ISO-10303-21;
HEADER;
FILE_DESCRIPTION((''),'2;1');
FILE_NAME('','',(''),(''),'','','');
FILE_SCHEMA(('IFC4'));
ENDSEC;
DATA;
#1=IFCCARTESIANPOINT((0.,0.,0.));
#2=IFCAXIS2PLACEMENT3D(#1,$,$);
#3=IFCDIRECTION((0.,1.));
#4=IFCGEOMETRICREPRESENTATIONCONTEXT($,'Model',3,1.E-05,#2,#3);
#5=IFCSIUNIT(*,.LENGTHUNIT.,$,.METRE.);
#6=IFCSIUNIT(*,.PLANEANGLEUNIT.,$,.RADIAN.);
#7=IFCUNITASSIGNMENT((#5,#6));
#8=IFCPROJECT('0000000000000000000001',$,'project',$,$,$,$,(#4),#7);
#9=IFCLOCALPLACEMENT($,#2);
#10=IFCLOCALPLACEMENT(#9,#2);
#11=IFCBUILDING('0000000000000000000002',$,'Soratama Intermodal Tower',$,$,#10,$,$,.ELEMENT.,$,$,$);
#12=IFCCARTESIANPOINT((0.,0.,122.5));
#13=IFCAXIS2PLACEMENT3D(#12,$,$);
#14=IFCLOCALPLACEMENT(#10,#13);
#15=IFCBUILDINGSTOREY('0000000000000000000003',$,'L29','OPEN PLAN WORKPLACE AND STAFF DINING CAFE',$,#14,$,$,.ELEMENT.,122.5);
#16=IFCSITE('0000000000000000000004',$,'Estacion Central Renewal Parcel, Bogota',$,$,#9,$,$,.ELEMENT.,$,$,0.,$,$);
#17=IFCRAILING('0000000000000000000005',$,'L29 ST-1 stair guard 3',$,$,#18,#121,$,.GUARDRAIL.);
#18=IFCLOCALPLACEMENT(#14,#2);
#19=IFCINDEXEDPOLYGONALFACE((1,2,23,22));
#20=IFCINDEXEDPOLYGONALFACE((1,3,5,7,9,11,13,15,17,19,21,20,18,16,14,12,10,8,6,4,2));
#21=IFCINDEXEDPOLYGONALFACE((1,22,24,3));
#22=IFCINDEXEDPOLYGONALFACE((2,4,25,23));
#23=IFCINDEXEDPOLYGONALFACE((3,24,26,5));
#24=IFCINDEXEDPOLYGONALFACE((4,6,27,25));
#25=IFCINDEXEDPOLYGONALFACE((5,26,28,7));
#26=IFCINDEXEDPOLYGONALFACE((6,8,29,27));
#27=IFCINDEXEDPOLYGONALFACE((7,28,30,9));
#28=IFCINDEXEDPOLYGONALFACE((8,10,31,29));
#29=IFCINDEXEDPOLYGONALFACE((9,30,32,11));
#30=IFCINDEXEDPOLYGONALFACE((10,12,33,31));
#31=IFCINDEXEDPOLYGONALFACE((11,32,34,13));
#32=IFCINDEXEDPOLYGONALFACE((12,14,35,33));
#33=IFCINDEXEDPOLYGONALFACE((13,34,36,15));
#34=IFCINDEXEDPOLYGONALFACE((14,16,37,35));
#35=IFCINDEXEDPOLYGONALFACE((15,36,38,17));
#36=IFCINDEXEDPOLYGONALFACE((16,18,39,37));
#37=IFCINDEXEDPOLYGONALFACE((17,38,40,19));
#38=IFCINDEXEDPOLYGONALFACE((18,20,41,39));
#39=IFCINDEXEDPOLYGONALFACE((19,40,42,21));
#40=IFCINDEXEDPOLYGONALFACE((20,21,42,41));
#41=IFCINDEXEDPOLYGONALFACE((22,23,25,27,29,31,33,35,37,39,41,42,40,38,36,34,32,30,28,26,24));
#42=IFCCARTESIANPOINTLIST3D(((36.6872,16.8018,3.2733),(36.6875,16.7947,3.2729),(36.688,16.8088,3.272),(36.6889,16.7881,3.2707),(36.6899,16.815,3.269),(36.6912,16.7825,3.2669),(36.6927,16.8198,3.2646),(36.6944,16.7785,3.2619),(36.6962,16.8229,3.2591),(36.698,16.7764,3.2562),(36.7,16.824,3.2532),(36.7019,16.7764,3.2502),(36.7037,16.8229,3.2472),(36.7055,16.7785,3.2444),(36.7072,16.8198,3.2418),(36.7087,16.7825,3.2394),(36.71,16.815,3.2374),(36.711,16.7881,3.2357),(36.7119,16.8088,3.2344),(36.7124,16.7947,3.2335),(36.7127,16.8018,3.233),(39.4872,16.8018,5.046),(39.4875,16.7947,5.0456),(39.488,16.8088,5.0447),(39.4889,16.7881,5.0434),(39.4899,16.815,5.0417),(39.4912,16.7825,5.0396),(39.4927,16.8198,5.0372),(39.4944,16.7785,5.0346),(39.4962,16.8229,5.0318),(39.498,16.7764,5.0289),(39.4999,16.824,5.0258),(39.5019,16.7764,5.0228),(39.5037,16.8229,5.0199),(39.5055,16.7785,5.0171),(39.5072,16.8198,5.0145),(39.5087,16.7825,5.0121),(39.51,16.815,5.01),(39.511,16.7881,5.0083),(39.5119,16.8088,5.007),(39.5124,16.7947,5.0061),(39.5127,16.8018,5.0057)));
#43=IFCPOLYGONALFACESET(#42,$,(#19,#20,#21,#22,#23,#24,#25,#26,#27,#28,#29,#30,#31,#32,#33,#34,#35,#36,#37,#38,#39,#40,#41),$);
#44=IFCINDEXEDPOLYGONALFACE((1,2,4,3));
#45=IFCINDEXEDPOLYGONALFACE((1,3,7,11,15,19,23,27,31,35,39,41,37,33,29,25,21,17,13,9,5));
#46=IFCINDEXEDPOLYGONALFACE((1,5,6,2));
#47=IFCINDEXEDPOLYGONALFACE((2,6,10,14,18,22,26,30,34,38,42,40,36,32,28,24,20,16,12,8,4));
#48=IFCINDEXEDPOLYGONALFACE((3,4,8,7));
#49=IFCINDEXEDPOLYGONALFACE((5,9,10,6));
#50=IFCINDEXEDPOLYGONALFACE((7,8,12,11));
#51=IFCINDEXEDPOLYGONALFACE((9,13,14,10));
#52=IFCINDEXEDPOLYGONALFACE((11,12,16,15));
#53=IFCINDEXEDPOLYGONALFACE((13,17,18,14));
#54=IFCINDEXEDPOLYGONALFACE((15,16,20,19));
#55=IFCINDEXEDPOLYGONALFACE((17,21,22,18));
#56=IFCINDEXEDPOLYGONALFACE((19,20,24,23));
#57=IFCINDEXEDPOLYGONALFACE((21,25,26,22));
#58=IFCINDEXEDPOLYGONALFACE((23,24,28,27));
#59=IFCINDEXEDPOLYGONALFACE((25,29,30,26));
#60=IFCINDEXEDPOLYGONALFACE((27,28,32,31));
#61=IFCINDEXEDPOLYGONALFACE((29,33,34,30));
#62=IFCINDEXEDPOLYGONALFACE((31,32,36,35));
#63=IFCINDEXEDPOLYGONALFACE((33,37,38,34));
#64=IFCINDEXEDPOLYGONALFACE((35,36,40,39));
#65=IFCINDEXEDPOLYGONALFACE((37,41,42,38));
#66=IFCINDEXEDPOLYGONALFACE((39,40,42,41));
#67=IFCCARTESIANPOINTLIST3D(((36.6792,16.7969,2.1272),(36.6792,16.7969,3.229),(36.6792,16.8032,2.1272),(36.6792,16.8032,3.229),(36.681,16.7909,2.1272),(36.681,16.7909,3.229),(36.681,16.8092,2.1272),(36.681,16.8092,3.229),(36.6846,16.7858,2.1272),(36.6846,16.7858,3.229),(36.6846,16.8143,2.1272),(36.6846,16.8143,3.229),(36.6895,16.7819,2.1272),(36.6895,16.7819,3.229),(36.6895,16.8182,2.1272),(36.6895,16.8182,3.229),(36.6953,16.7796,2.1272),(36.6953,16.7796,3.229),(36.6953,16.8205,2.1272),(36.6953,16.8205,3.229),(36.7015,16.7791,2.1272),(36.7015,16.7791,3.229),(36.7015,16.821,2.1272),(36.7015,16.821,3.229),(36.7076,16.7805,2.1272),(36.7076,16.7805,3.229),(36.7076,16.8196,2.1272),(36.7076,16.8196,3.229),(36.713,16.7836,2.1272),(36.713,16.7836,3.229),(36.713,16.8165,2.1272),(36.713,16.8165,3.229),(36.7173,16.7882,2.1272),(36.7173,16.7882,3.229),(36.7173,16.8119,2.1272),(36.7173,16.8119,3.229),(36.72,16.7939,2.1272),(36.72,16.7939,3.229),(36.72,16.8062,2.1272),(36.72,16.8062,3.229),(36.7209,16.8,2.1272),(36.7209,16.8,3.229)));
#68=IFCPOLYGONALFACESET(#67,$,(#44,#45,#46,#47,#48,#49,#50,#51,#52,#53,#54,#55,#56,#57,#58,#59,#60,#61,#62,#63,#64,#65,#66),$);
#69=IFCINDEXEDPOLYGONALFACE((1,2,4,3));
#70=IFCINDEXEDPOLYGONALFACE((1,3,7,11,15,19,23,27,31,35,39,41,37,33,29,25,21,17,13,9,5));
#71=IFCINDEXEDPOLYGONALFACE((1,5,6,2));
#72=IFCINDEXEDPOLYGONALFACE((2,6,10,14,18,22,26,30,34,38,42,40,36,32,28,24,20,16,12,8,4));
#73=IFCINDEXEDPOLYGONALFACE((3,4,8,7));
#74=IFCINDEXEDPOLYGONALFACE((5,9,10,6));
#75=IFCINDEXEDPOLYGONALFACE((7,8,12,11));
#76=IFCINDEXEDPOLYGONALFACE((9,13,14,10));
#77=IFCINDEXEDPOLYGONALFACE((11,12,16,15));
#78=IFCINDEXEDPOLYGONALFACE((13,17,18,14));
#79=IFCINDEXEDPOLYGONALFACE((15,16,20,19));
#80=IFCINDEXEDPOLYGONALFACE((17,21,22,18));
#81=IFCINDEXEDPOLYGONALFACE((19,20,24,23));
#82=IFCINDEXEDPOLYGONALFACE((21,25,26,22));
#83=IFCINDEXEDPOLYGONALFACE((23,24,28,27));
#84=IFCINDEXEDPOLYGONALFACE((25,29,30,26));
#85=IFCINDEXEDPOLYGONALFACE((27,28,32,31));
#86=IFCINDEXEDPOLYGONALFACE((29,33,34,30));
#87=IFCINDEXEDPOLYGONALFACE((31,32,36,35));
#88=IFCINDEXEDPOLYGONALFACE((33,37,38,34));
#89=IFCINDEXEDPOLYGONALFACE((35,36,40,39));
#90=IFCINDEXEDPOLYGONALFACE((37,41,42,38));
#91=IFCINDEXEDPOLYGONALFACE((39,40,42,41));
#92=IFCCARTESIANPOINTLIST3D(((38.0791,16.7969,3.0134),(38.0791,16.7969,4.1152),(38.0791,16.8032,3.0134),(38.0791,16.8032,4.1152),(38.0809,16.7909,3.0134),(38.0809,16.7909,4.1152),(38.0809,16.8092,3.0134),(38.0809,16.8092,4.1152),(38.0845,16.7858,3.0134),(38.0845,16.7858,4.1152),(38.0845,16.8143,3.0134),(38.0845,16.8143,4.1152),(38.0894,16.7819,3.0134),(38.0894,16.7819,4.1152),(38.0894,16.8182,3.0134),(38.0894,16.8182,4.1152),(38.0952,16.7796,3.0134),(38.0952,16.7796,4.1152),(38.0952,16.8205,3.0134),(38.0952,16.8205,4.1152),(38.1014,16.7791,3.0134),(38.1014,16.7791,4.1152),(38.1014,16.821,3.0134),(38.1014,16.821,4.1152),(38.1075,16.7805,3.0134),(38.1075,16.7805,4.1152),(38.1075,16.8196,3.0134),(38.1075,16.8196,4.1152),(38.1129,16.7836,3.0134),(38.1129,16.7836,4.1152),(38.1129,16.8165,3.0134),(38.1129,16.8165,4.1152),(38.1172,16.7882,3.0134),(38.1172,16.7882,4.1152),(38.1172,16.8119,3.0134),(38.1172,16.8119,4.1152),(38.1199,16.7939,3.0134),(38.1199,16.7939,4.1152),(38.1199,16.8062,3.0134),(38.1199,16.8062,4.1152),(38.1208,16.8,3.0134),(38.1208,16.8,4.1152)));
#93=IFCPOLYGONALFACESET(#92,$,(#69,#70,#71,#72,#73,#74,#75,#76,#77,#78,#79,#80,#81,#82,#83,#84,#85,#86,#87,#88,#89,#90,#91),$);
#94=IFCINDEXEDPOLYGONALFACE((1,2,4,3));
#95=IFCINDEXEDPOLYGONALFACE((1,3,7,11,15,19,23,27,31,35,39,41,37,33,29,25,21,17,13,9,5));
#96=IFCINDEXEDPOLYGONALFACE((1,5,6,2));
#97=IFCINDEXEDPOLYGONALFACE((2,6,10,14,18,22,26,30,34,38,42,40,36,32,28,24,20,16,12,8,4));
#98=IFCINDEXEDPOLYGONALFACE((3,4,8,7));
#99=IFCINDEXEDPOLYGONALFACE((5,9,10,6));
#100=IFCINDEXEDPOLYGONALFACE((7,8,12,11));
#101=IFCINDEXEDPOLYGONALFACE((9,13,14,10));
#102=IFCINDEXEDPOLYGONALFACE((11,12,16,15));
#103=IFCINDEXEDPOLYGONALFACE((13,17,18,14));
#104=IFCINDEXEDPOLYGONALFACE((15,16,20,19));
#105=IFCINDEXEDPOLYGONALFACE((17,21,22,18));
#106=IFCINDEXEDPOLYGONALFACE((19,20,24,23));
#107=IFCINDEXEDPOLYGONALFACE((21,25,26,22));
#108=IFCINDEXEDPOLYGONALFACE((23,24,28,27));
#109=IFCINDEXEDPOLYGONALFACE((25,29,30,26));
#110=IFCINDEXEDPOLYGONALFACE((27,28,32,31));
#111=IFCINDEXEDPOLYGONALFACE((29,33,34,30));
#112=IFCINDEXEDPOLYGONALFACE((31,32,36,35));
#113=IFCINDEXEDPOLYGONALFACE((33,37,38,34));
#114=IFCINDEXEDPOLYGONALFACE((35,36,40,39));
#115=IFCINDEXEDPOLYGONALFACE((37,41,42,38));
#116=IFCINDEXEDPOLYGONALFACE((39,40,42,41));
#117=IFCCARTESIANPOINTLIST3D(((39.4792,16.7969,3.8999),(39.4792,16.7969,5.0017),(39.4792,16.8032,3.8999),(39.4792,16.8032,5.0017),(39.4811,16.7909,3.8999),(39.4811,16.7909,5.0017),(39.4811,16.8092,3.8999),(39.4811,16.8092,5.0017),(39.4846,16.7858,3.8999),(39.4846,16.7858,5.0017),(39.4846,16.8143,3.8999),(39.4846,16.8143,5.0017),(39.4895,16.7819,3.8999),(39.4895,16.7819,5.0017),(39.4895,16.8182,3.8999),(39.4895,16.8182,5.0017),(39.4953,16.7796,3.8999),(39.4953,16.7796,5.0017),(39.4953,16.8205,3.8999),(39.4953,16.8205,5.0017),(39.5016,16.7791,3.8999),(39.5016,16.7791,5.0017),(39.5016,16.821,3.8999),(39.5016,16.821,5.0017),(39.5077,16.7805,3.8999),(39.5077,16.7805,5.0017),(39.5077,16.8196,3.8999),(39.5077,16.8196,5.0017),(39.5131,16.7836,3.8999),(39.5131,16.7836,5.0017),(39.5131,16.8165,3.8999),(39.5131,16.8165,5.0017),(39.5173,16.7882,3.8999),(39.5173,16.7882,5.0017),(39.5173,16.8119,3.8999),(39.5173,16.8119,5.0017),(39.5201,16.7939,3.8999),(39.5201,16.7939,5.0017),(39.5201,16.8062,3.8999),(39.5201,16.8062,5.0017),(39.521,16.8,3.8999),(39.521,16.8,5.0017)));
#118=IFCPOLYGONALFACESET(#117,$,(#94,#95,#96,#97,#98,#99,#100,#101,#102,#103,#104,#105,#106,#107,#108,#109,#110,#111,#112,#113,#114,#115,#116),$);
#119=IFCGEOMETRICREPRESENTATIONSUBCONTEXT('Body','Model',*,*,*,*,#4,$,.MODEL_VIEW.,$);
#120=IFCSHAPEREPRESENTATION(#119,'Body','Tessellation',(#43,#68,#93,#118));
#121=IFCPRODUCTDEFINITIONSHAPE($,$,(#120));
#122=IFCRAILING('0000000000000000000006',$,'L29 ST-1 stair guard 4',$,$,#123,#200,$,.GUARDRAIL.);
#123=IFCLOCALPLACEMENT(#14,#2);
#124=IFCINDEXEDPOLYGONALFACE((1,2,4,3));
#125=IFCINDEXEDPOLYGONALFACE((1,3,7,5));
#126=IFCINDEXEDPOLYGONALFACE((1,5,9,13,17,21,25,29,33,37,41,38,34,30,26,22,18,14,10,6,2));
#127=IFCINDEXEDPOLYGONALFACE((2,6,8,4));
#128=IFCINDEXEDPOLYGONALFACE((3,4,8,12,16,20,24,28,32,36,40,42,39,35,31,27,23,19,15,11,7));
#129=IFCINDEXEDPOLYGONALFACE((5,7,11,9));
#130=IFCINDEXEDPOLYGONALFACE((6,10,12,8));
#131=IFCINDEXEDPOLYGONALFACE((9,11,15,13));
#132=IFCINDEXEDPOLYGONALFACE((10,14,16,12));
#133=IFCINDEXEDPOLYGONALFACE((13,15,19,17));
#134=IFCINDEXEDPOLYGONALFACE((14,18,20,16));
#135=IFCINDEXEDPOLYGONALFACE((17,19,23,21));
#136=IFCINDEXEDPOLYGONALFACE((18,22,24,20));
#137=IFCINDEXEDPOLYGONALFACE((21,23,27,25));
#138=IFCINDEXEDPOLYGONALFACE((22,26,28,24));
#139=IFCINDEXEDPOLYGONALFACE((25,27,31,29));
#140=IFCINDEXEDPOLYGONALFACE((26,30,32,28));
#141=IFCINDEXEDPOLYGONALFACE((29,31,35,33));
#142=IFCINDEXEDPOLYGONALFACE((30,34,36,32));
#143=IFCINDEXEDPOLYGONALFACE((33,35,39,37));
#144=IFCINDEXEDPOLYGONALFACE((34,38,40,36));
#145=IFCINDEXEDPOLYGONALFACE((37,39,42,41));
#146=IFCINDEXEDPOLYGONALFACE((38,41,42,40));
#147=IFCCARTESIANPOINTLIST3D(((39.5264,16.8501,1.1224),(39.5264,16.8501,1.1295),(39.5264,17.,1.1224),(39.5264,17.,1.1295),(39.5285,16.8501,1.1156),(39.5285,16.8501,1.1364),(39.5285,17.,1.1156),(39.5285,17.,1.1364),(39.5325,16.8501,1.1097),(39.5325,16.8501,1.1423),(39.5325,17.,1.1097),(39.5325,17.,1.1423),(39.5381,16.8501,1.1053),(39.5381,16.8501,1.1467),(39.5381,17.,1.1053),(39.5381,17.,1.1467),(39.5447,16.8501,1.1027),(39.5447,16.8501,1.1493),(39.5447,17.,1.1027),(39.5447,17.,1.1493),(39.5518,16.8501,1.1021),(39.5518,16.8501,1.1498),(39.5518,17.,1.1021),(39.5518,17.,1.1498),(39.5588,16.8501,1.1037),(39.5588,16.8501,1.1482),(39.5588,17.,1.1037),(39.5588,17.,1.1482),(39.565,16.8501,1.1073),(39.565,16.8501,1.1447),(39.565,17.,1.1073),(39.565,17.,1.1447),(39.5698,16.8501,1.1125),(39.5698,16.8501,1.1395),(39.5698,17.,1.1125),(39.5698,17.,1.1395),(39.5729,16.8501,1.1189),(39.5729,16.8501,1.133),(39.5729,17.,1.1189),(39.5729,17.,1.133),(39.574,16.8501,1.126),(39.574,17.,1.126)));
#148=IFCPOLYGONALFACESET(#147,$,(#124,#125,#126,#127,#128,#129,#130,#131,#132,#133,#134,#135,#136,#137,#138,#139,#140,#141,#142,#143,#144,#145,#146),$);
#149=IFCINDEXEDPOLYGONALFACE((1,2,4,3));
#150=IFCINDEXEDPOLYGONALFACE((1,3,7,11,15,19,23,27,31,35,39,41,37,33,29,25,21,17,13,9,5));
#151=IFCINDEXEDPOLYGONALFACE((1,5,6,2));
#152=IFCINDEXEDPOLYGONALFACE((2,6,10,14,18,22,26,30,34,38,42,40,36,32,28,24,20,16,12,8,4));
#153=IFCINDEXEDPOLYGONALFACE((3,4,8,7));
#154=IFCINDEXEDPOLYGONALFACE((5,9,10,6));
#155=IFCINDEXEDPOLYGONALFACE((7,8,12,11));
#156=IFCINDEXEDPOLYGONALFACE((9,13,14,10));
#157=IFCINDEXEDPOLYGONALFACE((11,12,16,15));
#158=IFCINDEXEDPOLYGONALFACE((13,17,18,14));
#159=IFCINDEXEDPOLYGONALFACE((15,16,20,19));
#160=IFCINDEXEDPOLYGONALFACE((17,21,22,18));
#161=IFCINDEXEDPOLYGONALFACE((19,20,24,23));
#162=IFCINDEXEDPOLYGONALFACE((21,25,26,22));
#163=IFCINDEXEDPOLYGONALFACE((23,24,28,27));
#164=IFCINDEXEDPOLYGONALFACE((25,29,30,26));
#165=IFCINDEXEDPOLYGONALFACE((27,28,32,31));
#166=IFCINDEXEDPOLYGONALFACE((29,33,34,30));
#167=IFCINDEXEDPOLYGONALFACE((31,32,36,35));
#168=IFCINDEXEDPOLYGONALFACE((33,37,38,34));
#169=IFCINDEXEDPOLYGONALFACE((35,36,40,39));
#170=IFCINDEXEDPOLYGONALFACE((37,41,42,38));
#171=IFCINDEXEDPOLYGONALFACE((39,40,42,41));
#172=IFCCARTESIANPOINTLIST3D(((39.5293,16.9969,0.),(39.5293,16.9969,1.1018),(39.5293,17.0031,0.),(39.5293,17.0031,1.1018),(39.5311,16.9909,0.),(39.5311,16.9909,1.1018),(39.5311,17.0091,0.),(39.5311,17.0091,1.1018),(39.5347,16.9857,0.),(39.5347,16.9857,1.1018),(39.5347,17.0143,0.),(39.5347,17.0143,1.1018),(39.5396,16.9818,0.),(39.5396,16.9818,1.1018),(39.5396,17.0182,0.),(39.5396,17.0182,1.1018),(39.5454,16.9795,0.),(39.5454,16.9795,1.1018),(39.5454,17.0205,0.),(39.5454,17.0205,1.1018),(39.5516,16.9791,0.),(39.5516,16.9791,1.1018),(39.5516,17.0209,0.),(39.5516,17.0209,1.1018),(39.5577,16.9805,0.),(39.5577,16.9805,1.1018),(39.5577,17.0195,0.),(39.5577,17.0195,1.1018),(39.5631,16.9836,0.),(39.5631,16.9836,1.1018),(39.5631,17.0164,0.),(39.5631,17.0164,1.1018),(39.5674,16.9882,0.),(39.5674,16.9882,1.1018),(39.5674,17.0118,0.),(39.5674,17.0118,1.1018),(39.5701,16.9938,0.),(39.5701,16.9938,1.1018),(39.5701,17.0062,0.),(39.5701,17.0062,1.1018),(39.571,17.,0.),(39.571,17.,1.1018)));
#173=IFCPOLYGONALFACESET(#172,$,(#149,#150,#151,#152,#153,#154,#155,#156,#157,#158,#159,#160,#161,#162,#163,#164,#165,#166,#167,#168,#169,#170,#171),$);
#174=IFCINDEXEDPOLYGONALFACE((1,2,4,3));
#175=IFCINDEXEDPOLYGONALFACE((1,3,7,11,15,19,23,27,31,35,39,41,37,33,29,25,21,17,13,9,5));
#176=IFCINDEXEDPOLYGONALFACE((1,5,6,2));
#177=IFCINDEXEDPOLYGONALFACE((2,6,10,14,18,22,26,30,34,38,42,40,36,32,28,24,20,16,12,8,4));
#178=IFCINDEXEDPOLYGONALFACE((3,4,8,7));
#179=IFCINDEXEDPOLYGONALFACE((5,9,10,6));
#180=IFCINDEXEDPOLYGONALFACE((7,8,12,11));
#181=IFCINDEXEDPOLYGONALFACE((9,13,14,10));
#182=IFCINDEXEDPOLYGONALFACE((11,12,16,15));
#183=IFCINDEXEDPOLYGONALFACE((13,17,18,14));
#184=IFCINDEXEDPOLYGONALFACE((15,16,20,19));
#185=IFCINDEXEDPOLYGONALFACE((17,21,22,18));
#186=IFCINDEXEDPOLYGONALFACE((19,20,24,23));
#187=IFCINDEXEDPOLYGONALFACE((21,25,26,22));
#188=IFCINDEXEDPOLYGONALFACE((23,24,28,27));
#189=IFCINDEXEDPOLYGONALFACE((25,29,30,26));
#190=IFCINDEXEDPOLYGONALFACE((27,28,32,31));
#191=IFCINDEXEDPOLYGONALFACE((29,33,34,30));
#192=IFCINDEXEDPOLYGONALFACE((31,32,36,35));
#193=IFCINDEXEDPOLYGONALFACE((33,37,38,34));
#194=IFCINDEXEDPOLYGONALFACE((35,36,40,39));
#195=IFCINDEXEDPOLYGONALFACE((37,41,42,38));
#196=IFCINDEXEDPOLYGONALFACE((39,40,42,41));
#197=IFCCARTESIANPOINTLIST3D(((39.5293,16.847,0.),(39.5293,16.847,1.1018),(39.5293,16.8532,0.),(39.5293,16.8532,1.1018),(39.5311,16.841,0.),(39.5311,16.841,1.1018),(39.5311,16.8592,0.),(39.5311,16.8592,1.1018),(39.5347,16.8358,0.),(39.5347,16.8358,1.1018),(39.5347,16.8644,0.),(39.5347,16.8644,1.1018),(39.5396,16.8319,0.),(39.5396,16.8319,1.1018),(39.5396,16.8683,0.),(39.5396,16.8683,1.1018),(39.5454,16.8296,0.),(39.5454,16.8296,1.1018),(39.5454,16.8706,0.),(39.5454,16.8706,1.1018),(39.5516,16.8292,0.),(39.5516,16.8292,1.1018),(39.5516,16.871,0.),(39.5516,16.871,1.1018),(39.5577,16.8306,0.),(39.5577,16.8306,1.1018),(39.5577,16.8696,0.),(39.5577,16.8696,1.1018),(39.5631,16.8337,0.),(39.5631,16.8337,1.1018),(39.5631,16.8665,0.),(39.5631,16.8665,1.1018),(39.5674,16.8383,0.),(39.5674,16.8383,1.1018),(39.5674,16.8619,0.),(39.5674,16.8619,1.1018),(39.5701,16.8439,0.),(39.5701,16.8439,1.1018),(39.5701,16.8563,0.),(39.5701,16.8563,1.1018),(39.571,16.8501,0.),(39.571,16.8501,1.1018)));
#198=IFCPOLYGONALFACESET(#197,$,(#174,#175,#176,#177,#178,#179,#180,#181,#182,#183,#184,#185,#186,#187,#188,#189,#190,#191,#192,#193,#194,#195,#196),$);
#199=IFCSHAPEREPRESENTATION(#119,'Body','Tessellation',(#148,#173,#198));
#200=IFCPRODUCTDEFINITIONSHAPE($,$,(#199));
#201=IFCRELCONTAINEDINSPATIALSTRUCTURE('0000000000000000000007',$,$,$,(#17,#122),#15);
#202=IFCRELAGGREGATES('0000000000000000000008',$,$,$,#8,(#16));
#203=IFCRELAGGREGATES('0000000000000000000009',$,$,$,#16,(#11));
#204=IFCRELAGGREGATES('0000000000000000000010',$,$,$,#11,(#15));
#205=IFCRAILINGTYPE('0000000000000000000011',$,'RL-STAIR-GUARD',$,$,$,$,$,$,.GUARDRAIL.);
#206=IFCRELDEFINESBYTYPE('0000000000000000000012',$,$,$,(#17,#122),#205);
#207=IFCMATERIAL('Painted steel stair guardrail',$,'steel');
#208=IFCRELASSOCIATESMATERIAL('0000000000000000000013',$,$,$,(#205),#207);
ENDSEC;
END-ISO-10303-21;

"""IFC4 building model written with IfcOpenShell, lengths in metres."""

from ifc_helpers import new_model, si_unit, direction, frame, origin, origin_2d, place, context, subcontext, project, spatial, circle, extrude, material, type_object, element, save


model = new_model("IFC4")

# Units and contexts
model_context = context("Model", 3, precision=1e-05, world=origin(), true_north=direction((0.0, 1.0)))
body_context = subcontext(model_context, "Body", "Model", "MODEL_VIEW")
ifc_project = project(units=[si_unit("LENGTHUNIT", "METRE"), si_unit("PLANEANGLEUNIT", "RADIAN")], contexts=[model_context])

# Site, building, storey
site_placement = place(None, origin())
site = spatial("IfcSite", under=ifc_project, at=site_placement, Name="Estacion Central Renewal Parcel, Bogota", CompositionType="ELEMENT", RefElevation=0.0)
building_placement = place(site_placement, origin())
building = spatial("IfcBuilding", under=site, at=building_placement, Name="Soratama Intermodal Tower", CompositionType="ELEMENT")
storey_placement = place(building_placement, frame((0.0, 0.0, 122.5)))
storey = spatial("IfcBuildingStorey", under=building, at=storey_placement, Name="L29", Description="OPEN PLAN WORKPLACE AND STAFF DINING CAFE", CompositionType="ELEMENT", Elevation=122.5)

# Railings
ifc_material_1 = material(Name="Painted steel stair guardrail", Category="steel")
railing_type_1 = type_object("IfcRailingType", Name="RL-STAIR-GUARD", PredefinedType="GUARDRAIL", material=ifc_material_1)
railing_1_placement = place(storey_placement, frame((36.7, 16.8, 2.1272)))
element("IfcRailing", 1, at=railing_1_placement, inside=storey, type_object=railing_type_1, Name="L29 ST-1 stair guard 3", PredefinedType="GUARDRAIL", context=body_context, shape_type="SweptSolid", body=[
    extrude(circle(Radius=0.0239, at=origin_2d()), frame((0.0, 0.0, 1.126), z_axis=(0.844909, 0.0, 0.53491), x_axis=(0.0, 1.0, 0.0)), (0.0, 0.0, 1.0), 3.314),
    extrude(circle(Radius=0.021, at=origin_2d()), origin(), (0.0, 0.0, 1.0), 1.1018),
    extrude(circle(Radius=0.021, at=origin_2d()), frame((1.3999, 0.0, 0.8862)), (0.0, 0.0, 1.0), 1.1018),
    extrude(circle(Radius=0.021, at=origin_2d()), frame((2.8, 0.0, 1.7727)), (0.0, 0.0, 1.0), 1.1018),
])
railing_2_placement = place(storey_placement, frame((39.55, 17.0, 0.0)))
element("IfcRailing", 2, at=railing_2_placement, inside=storey, type_object=railing_type_1, Name="L29 ST-1 stair guard 4", PredefinedType="GUARDRAIL", context=body_context, shape_type="SweptSolid", body=[
    extrude(circle(Radius=0.0239, at=origin_2d()), frame((0.0, 0.0, 1.126), z_axis=(0.0, -1.0, 0.0), x_axis=(1.0, 0.0, 0.0)), (0.0, 0.0, 1.0), 0.1499),
    extrude(circle(Radius=0.021, at=origin_2d()), origin(), (0.0, 0.0, 1.0), 1.1018),
    extrude(circle(Radius=0.021, at=origin_2d()), frame((0.0, -0.1499, 0.0)), (0.0, 0.0, 1.0), 1.1018),
])

save(model, "model.ifc")
